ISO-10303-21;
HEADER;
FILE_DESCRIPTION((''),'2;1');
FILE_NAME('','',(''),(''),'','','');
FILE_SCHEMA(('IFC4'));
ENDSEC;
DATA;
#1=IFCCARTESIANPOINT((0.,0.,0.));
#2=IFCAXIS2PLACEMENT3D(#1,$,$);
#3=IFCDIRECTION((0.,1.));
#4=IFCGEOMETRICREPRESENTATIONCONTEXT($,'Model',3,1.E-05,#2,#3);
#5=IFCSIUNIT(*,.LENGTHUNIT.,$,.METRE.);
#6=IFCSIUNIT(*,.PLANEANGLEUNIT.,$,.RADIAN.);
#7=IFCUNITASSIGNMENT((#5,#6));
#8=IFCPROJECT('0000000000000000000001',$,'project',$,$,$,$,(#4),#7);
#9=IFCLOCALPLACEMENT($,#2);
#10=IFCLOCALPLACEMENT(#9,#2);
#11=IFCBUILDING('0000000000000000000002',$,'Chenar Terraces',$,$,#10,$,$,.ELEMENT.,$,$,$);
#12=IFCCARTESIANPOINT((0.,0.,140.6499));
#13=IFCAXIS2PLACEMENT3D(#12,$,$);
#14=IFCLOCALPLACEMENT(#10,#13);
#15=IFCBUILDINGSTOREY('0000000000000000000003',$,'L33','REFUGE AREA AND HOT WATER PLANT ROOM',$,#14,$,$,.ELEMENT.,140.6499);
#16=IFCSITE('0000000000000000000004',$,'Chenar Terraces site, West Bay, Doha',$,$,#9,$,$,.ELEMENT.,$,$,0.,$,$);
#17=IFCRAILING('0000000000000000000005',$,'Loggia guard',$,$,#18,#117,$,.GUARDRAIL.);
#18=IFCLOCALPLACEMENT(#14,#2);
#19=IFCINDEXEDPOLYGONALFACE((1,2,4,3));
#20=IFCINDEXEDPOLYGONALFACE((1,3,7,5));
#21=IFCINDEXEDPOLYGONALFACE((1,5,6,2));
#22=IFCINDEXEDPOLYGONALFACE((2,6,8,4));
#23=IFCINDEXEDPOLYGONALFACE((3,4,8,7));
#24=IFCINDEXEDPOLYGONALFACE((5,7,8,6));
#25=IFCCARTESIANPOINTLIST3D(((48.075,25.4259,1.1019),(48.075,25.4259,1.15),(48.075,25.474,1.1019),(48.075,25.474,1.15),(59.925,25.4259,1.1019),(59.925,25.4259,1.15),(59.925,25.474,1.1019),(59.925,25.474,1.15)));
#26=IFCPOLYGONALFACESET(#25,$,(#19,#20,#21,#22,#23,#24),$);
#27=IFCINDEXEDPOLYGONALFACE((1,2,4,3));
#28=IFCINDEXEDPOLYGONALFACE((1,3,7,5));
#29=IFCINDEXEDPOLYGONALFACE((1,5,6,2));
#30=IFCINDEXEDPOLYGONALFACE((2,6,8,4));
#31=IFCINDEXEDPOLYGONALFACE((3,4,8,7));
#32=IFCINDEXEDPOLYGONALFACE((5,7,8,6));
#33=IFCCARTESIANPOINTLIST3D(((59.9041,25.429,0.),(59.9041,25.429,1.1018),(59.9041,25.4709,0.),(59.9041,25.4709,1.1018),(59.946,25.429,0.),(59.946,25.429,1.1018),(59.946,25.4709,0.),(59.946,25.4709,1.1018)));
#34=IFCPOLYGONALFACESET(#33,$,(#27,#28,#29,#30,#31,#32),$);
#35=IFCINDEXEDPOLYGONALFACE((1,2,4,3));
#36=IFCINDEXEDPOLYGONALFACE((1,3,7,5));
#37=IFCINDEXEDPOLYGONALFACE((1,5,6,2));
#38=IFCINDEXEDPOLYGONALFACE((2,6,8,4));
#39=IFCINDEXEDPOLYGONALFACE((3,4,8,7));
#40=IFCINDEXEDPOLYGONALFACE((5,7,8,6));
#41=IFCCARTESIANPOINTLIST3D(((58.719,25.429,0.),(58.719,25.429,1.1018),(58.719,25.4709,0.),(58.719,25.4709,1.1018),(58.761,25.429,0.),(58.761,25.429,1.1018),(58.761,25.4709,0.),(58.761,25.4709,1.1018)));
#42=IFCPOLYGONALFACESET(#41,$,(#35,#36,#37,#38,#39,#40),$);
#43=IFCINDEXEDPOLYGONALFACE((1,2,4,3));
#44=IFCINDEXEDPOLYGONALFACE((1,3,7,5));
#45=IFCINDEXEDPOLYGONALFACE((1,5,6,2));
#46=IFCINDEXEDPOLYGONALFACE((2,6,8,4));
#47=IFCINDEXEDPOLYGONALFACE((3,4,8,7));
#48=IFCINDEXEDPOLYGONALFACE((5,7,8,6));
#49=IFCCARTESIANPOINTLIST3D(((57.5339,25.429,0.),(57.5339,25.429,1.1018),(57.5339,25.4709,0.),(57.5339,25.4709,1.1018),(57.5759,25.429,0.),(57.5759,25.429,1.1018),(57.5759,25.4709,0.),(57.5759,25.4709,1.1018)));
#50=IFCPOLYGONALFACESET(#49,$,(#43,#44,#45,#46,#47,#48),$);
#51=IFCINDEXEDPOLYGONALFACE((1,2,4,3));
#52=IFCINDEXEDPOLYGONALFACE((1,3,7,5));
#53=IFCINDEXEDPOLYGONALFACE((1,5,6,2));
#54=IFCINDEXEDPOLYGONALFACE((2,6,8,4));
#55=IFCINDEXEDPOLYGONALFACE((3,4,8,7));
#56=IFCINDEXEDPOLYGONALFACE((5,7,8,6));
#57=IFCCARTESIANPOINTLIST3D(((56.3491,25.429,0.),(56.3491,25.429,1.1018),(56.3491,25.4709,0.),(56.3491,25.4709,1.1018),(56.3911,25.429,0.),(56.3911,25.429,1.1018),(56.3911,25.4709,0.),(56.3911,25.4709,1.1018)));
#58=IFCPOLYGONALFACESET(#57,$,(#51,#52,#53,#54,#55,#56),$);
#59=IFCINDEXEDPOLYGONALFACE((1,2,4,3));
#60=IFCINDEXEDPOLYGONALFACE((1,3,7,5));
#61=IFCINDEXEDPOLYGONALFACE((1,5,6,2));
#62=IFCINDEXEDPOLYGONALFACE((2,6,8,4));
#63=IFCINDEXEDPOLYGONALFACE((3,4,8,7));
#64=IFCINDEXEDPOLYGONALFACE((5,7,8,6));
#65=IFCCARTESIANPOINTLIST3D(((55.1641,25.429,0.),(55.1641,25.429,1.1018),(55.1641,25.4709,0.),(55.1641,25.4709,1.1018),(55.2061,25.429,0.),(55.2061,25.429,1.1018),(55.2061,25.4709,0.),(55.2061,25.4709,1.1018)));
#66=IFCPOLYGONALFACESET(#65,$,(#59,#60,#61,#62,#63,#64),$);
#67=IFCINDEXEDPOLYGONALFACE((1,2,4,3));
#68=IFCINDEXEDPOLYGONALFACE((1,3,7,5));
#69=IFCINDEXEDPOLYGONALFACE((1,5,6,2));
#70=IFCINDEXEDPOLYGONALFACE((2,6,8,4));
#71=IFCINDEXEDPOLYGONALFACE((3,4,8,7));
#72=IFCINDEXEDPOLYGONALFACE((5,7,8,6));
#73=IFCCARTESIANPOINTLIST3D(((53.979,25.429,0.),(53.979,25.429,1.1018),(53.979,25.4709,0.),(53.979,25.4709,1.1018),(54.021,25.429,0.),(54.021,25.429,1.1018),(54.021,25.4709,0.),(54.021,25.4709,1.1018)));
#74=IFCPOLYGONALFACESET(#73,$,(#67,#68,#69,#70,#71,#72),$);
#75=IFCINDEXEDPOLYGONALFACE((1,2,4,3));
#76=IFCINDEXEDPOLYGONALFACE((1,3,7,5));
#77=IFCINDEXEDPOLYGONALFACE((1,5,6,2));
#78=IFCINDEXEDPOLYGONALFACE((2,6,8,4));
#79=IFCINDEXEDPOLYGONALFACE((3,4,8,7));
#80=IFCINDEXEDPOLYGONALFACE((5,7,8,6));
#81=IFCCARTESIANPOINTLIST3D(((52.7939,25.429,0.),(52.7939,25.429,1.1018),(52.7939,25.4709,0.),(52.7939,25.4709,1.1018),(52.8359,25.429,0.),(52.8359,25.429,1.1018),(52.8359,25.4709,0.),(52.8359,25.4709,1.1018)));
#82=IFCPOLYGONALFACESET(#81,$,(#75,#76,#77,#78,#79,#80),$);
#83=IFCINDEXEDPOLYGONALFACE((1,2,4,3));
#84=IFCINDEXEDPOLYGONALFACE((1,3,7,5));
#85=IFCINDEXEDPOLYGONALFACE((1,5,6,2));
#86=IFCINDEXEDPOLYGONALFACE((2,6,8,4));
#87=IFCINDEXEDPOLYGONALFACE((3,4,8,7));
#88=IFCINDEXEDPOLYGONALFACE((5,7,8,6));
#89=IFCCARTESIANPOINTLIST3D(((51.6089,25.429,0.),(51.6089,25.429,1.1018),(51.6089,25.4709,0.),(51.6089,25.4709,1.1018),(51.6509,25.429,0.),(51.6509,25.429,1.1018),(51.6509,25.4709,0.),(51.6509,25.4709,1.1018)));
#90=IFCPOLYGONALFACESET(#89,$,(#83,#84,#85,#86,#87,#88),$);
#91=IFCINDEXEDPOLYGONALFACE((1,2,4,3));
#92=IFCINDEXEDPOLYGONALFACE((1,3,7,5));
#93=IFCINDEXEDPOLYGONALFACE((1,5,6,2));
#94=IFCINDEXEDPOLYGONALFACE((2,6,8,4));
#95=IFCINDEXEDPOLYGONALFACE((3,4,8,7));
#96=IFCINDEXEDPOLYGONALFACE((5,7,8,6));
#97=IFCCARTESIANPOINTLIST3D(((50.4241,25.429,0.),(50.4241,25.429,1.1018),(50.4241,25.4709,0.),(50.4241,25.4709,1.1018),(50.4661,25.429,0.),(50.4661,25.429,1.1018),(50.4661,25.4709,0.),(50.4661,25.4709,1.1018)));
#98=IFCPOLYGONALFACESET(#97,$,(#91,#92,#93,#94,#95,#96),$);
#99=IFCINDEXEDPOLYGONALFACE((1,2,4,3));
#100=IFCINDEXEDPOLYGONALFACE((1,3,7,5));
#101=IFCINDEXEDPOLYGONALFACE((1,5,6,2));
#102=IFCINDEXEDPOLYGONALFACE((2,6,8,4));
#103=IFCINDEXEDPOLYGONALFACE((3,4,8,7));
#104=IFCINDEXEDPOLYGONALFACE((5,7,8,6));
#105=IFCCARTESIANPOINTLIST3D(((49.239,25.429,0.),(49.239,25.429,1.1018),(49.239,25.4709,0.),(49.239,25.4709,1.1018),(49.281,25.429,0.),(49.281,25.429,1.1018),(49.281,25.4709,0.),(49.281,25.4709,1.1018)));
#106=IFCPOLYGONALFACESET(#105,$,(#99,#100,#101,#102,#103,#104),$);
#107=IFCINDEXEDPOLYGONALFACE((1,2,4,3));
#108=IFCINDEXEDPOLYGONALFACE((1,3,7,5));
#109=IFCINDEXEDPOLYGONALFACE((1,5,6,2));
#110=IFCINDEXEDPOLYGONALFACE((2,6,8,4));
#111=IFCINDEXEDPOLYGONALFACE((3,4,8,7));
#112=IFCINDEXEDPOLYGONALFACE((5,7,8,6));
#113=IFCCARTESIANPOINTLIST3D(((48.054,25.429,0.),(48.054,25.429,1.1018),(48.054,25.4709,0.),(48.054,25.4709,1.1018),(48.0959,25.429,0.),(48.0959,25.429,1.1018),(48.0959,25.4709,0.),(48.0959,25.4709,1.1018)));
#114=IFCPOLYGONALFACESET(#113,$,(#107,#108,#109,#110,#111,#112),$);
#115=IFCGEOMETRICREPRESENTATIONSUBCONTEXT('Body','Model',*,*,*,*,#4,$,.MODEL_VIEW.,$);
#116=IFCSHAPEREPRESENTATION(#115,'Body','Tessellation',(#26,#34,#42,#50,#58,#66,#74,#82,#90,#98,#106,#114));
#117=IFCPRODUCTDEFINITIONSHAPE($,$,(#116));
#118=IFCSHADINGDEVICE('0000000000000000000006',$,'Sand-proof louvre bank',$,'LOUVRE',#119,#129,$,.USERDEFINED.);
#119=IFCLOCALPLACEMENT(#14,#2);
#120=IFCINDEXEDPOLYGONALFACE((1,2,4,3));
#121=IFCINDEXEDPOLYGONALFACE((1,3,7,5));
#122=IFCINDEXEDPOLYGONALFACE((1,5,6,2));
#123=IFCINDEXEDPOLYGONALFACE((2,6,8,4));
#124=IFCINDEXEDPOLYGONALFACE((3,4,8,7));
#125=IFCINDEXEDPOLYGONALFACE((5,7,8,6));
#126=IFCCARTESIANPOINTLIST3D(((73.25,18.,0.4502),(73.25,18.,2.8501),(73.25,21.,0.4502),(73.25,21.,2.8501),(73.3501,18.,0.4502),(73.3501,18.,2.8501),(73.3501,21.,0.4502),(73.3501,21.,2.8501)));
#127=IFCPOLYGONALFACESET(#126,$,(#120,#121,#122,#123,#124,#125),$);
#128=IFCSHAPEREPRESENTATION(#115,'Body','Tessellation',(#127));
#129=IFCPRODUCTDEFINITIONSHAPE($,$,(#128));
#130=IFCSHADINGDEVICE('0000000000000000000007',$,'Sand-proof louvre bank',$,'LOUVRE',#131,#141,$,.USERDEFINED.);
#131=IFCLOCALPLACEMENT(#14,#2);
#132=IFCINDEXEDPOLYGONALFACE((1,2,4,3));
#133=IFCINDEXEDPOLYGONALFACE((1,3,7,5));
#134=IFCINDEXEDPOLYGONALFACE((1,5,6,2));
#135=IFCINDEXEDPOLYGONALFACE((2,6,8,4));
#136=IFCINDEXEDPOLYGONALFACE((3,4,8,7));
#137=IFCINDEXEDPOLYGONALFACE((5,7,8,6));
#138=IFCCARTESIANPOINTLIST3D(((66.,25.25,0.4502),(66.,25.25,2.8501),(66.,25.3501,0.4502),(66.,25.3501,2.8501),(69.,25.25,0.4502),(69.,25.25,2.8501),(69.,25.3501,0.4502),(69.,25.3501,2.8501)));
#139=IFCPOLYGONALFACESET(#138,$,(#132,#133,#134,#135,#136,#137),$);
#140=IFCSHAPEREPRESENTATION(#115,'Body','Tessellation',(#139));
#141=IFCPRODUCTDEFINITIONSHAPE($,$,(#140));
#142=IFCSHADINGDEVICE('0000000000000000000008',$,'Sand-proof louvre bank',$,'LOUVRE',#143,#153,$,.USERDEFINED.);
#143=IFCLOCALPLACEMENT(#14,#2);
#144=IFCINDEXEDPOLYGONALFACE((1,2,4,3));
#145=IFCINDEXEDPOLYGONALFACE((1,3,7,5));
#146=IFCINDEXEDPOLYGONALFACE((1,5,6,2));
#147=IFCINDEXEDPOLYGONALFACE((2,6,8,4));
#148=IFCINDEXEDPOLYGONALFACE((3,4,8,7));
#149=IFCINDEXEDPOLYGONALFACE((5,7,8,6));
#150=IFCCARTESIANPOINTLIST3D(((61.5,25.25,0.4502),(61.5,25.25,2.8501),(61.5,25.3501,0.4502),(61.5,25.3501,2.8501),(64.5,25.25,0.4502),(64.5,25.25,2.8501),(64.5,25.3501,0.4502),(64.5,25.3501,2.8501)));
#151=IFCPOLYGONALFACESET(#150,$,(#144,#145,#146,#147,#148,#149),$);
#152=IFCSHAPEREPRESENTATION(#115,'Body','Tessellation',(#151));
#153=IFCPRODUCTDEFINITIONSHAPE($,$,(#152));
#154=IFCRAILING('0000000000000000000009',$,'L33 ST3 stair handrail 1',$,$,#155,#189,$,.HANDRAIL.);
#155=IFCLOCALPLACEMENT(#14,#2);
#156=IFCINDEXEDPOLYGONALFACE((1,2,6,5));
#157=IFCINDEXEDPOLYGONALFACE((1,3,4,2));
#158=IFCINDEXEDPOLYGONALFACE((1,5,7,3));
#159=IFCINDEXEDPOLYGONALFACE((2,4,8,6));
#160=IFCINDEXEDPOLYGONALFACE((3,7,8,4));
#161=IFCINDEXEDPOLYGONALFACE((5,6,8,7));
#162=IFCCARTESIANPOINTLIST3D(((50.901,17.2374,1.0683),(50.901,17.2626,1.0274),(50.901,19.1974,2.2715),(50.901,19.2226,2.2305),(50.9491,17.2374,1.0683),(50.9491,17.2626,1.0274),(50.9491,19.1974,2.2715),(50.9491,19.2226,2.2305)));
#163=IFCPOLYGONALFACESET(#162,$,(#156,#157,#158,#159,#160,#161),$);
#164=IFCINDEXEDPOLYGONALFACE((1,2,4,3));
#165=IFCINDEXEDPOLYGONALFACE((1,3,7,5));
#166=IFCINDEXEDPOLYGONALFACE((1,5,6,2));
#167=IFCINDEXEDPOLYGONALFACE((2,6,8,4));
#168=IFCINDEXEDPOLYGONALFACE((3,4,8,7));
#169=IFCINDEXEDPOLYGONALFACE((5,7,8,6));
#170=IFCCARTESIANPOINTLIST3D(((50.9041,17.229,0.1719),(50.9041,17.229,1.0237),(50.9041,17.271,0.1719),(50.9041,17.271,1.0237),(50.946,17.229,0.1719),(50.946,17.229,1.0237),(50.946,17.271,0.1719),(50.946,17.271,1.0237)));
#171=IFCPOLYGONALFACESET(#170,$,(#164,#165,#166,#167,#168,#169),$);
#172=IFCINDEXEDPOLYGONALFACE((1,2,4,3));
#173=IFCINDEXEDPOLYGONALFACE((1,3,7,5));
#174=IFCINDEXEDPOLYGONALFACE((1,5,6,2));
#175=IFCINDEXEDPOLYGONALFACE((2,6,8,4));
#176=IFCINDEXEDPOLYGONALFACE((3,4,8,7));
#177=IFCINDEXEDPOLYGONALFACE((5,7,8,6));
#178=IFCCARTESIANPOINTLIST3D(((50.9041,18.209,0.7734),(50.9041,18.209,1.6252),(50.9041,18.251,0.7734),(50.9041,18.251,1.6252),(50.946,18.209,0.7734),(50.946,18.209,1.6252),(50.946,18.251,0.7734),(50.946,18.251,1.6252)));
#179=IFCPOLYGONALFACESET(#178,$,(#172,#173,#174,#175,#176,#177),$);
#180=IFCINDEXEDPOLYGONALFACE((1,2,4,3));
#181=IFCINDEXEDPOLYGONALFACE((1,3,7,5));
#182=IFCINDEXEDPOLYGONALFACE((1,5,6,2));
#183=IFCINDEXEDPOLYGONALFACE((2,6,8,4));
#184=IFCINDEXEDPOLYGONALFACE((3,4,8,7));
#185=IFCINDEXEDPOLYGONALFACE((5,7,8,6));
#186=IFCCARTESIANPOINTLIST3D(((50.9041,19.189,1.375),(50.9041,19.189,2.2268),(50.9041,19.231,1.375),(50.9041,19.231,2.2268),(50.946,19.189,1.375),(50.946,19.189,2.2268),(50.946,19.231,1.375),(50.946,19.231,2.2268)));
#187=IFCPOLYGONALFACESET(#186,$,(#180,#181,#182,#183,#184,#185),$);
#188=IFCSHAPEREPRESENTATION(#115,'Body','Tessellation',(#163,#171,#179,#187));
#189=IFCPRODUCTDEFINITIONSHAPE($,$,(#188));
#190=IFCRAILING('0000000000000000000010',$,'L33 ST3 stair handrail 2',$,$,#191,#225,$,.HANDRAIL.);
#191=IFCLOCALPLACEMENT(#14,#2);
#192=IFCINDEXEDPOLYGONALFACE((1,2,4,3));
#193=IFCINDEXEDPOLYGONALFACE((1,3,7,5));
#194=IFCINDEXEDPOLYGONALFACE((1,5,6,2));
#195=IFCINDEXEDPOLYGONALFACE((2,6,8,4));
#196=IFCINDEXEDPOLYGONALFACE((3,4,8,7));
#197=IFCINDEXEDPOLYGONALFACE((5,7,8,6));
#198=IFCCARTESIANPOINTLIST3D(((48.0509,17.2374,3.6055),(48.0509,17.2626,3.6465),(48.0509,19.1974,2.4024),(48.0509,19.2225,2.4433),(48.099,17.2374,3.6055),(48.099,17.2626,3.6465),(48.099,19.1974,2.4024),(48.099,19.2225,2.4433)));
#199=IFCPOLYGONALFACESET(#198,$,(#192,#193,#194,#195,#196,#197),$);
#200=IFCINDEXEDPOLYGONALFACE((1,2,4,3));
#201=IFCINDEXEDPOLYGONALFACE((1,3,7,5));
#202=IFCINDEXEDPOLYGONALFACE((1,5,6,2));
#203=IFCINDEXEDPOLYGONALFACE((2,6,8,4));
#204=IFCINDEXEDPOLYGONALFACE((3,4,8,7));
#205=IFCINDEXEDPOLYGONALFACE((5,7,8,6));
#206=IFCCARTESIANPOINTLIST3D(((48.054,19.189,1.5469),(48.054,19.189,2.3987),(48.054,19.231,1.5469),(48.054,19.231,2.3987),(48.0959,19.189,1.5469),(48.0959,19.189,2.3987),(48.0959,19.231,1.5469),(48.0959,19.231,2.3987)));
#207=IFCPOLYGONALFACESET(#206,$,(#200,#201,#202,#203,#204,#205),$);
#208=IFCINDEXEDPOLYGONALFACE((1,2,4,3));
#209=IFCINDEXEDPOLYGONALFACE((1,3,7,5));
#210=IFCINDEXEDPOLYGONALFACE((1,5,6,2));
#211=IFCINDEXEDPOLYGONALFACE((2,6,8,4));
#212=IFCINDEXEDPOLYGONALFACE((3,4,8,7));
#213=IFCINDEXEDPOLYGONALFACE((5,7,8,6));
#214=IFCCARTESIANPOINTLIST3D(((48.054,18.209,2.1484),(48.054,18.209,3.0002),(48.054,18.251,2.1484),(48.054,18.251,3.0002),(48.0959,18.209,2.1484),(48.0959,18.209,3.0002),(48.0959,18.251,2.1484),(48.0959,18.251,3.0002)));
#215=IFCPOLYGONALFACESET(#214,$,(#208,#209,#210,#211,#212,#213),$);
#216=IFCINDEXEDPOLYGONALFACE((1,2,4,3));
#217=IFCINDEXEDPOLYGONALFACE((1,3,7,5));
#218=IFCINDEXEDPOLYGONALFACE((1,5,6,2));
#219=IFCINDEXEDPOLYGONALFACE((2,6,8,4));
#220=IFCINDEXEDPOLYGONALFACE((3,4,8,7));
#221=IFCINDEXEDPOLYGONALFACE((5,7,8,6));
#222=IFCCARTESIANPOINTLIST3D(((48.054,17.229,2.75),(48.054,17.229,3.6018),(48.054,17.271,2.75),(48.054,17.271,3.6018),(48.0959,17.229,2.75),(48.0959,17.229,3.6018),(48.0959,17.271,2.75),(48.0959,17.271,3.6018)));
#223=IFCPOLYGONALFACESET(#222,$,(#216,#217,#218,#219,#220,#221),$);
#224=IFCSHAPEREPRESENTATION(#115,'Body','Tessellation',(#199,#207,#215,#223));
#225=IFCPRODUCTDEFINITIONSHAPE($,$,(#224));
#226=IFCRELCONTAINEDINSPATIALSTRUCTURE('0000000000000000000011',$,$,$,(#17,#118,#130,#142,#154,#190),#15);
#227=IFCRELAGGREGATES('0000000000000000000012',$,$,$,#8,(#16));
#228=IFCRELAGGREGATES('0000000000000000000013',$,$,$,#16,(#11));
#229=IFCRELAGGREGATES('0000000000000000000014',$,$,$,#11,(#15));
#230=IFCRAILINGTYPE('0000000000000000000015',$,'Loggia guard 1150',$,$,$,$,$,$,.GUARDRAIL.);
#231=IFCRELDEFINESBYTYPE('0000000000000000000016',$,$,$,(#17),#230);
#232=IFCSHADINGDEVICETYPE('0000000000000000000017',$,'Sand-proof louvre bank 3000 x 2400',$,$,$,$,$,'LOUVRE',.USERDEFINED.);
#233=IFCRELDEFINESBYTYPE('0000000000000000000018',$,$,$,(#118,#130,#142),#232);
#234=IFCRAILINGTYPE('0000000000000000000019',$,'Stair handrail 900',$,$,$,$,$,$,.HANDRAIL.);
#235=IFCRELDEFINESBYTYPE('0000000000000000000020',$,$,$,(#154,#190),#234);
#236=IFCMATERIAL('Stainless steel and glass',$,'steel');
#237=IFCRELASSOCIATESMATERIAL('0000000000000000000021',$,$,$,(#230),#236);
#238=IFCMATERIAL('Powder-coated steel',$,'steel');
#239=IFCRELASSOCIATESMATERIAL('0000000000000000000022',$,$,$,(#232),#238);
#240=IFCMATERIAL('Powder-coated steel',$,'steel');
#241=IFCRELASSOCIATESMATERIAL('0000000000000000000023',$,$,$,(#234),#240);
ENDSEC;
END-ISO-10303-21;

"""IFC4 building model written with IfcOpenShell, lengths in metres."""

from ifc_helpers import new_model, si_unit, direction, frame, origin, origin_2d, place, context, subcontext, project, spatial, rectangle, extrude, material, type_object, element, save


model = new_model("IFC4")

# Units and contexts
model_context = context("Model", 3, precision=1e-05, world=origin(), true_north=direction((0.0, 1.0)))
body_context = subcontext(model_context, "Body", "Model", "MODEL_VIEW")
ifc_project = project(units=[si_unit("LENGTHUNIT", "METRE"), si_unit("PLANEANGLEUNIT", "RADIAN")], contexts=[model_context])

# Site, building, storey
site_placement = place(None, origin())
site = spatial("IfcSite", under=ifc_project, at=site_placement, Name="Chenar Terraces site, West Bay, Doha", CompositionType="ELEMENT", RefElevation=0.0)
building_placement = place(site_placement, origin())
building = spatial("IfcBuilding", under=site, at=building_placement, Name="Chenar Terraces", CompositionType="ELEMENT")
storey_placement = place(building_placement, frame((0.0, 0.0, 140.6499)))
storey = spatial("IfcBuildingStorey", under=building, at=storey_placement, Name="L33", Description="REFUGE AREA AND HOT WATER PLANT ROOM", CompositionType="ELEMENT", Elevation=140.6499)

# Railing
ifc_material_1 = material(Name="Stainless steel and glass", Category="steel")
railing_type_1 = type_object("IfcRailingType", Name="Loggia guard 1150", PredefinedType="GUARDRAIL", material=ifc_material_1)
railing_1_placement = place(storey_placement, frame((59.925, 25.45, 0.0)))
element("IfcRailing", 1, at=railing_1_placement, inside=storey, type_object=railing_type_1, Name="Loggia guard", PredefinedType="GUARDRAIL", context=body_context, shape_type="SweptSolid", body=[
    extrude(rectangle(XDim=0.0481, YDim=0.0481, at=origin_2d()), frame((0.0, 0.0, 1.126), z_axis=(-1.0, 0.0, 0.0), x_axis=(0.0, -1.0, 0.0)), (0.0, 0.0, 1.0), 11.8501),
    extrude(rectangle(XDim=0.042, YDim=0.042, at=origin_2d()), origin(), (0.0, 0.0, 1.0), 1.1018),
    extrude(rectangle(XDim=0.042, YDim=0.042, at=origin_2d()), frame((-1.1851, 0.0, 0.0)), (0.0, 0.0, 1.0), 1.1018),
    extrude(rectangle(XDim=0.042, YDim=0.042, at=origin_2d()), frame((-2.3701, 0.0, 0.0)), (0.0, 0.0, 1.0), 1.1018),
    extrude(rectangle(XDim=0.042, YDim=0.042, at=origin_2d()), frame((-3.5549, 0.0, 0.0)), (0.0, 0.0, 1.0), 1.1018),
    extrude(rectangle(XDim=0.042, YDim=0.042, at=origin_2d()), frame((-4.74, 0.0, 0.0)), (0.0, 0.0, 1.0), 1.1018),
    extrude(rectangle(XDim=0.042, YDim=0.042, at=origin_2d()), frame((-5.925, 0.0, 0.0)), (0.0, 0.0, 1.0), 1.1018),
    extrude(rectangle(XDim=0.042, YDim=0.042, at=origin_2d()), frame((-7.1101, 0.0, 0.0)), (0.0, 0.0, 1.0), 1.1018),
    extrude(rectangle(XDim=0.042, YDim=0.042, at=origin_2d()), frame((-8.2952, 0.0, 0.0)), (0.0, 0.0, 1.0), 1.1018),
    extrude(rectangle(XDim=0.042, YDim=0.042, at=origin_2d()), frame((-9.48, 0.0, 0.0)), (0.0, 0.0, 1.0), 1.1018),
    extrude(rectangle(XDim=0.042, YDim=0.042, at=origin_2d()), frame((-10.665, 0.0, 0.0)), (0.0, 0.0, 1.0), 1.1018),
    extrude(rectangle(XDim=0.042, YDim=0.042, at=origin_2d()), frame((-11.8501, 0.0, 0.0)), (0.0, 0.0, 1.0), 1.1018),
])

# Shading devices
ifc_material_2 = material(Name="Powder-coated steel", Category="steel")
shading_device_type = type_object("IfcShadingDeviceType", Name="Sand-proof louvre bank 3000 x 2400", ElementType="LOUVRE", PredefinedType="USERDEFINED", material=ifc_material_2)
for number, where, z_axis, x_axis, name in (
    (2, (73.3, 19.5, 0.4502), (0.0, 0.0, 1.0), (0.0, 1.0, 0.0), "Sand-proof louvre bank"),
    (3, (67.5, 25.3, 0.4502), (0.0, 0.0, 1.0), (-1.0, 0.0, 0.0), "Sand-proof louvre bank"),
    (4, (63.0, 25.3, 0.4502), (0.0, 0.0, 1.0), (-1.0, 0.0, 0.0), "Sand-proof louvre bank"),
):
    element("IfcShadingDevice", number, at=place(storey_placement, frame(where, z_axis=z_axis, x_axis=x_axis)), inside=storey, type_object=shading_device_type, Name=name, ObjectType="LOUVRE", PredefinedType="USERDEFINED", context=body_context, shape_type="SweptSolid", body=[
        extrude(rectangle(XDim=3.0, YDim=0.1001, at=origin_2d()), origin(), (0.0, 0.0, 1.0), 2.3999),
    ])

# Railings
ifc_material_3 = material(Name="Powder-coated steel", Category="steel")
railing_type_2 = type_object("IfcRailingType", Name="Stair handrail 900", PredefinedType="HANDRAIL", material=ifc_material_3)
railing_2_placement = place(storey_placement, frame((50.925, 17.25, 0.1719)))
element("IfcRailing", 5, at=railing_2_placement, inside=storey, type_object=railing_type_2, Name="L33 ST3 stair handrail 1", PredefinedType="HANDRAIL", context=body_context, shape_type="SweptSolid", body=[
    extrude(rectangle(XDim=0.0481, YDim=0.0481, at=origin_2d()), frame((0.0, 0.0, 0.876), z_axis=(0.0, 0.852241, 0.523149), x_axis=(-1.0, 0.0, 0.0)), (0.0, 0.0, 1.0), 2.2998),
    extrude(rectangle(XDim=0.042, YDim=0.042, at=origin_2d()), origin(), (0.0, 0.0, 1.0), 0.8518),
    extrude(rectangle(XDim=0.042, YDim=0.042, at=origin_2d()), frame((0.0, 0.98, 0.6016)), (0.0, 0.0, 1.0), 0.8518),
    extrude(rectangle(XDim=0.042, YDim=0.042, at=origin_2d()), frame((0.0, 1.96, 1.2031)), (0.0, 0.0, 1.0), 0.8518),
])
railing_3_placement = place(storey_placement, frame((48.075, 19.21, 1.5469)))
element("IfcRailing", 6, at=railing_3_placement, inside=storey, type_object=railing_type_2, Name="L33 ST3 stair handrail 2", PredefinedType="HANDRAIL", context=body_context, shape_type="SweptSolid", body=[
    extrude(rectangle(XDim=0.0481, YDim=0.0481, at=origin_2d()), frame((0.0, 0.0, 0.876), z_axis=(0.0, -0.852241, 0.523149), x_axis=(1.0, 0.0, 0.0)), (0.0, 0.0, 1.0), 2.2998),
    extrude(rectangle(XDim=0.042, YDim=0.042, at=origin_2d()), origin(), (0.0, 0.0, 1.0), 0.8518),
    extrude(rectangle(XDim=0.042, YDim=0.042, at=origin_2d()), frame((0.0, -0.98, 0.6016)), (0.0, 0.0, 1.0), 0.8518),
    extrude(rectangle(XDim=0.042, YDim=0.042, at=origin_2d()), frame((0.0, -1.96, 1.2031)), (0.0, 0.0, 1.0), 0.8518),
])

save(model, "model.ifc")
